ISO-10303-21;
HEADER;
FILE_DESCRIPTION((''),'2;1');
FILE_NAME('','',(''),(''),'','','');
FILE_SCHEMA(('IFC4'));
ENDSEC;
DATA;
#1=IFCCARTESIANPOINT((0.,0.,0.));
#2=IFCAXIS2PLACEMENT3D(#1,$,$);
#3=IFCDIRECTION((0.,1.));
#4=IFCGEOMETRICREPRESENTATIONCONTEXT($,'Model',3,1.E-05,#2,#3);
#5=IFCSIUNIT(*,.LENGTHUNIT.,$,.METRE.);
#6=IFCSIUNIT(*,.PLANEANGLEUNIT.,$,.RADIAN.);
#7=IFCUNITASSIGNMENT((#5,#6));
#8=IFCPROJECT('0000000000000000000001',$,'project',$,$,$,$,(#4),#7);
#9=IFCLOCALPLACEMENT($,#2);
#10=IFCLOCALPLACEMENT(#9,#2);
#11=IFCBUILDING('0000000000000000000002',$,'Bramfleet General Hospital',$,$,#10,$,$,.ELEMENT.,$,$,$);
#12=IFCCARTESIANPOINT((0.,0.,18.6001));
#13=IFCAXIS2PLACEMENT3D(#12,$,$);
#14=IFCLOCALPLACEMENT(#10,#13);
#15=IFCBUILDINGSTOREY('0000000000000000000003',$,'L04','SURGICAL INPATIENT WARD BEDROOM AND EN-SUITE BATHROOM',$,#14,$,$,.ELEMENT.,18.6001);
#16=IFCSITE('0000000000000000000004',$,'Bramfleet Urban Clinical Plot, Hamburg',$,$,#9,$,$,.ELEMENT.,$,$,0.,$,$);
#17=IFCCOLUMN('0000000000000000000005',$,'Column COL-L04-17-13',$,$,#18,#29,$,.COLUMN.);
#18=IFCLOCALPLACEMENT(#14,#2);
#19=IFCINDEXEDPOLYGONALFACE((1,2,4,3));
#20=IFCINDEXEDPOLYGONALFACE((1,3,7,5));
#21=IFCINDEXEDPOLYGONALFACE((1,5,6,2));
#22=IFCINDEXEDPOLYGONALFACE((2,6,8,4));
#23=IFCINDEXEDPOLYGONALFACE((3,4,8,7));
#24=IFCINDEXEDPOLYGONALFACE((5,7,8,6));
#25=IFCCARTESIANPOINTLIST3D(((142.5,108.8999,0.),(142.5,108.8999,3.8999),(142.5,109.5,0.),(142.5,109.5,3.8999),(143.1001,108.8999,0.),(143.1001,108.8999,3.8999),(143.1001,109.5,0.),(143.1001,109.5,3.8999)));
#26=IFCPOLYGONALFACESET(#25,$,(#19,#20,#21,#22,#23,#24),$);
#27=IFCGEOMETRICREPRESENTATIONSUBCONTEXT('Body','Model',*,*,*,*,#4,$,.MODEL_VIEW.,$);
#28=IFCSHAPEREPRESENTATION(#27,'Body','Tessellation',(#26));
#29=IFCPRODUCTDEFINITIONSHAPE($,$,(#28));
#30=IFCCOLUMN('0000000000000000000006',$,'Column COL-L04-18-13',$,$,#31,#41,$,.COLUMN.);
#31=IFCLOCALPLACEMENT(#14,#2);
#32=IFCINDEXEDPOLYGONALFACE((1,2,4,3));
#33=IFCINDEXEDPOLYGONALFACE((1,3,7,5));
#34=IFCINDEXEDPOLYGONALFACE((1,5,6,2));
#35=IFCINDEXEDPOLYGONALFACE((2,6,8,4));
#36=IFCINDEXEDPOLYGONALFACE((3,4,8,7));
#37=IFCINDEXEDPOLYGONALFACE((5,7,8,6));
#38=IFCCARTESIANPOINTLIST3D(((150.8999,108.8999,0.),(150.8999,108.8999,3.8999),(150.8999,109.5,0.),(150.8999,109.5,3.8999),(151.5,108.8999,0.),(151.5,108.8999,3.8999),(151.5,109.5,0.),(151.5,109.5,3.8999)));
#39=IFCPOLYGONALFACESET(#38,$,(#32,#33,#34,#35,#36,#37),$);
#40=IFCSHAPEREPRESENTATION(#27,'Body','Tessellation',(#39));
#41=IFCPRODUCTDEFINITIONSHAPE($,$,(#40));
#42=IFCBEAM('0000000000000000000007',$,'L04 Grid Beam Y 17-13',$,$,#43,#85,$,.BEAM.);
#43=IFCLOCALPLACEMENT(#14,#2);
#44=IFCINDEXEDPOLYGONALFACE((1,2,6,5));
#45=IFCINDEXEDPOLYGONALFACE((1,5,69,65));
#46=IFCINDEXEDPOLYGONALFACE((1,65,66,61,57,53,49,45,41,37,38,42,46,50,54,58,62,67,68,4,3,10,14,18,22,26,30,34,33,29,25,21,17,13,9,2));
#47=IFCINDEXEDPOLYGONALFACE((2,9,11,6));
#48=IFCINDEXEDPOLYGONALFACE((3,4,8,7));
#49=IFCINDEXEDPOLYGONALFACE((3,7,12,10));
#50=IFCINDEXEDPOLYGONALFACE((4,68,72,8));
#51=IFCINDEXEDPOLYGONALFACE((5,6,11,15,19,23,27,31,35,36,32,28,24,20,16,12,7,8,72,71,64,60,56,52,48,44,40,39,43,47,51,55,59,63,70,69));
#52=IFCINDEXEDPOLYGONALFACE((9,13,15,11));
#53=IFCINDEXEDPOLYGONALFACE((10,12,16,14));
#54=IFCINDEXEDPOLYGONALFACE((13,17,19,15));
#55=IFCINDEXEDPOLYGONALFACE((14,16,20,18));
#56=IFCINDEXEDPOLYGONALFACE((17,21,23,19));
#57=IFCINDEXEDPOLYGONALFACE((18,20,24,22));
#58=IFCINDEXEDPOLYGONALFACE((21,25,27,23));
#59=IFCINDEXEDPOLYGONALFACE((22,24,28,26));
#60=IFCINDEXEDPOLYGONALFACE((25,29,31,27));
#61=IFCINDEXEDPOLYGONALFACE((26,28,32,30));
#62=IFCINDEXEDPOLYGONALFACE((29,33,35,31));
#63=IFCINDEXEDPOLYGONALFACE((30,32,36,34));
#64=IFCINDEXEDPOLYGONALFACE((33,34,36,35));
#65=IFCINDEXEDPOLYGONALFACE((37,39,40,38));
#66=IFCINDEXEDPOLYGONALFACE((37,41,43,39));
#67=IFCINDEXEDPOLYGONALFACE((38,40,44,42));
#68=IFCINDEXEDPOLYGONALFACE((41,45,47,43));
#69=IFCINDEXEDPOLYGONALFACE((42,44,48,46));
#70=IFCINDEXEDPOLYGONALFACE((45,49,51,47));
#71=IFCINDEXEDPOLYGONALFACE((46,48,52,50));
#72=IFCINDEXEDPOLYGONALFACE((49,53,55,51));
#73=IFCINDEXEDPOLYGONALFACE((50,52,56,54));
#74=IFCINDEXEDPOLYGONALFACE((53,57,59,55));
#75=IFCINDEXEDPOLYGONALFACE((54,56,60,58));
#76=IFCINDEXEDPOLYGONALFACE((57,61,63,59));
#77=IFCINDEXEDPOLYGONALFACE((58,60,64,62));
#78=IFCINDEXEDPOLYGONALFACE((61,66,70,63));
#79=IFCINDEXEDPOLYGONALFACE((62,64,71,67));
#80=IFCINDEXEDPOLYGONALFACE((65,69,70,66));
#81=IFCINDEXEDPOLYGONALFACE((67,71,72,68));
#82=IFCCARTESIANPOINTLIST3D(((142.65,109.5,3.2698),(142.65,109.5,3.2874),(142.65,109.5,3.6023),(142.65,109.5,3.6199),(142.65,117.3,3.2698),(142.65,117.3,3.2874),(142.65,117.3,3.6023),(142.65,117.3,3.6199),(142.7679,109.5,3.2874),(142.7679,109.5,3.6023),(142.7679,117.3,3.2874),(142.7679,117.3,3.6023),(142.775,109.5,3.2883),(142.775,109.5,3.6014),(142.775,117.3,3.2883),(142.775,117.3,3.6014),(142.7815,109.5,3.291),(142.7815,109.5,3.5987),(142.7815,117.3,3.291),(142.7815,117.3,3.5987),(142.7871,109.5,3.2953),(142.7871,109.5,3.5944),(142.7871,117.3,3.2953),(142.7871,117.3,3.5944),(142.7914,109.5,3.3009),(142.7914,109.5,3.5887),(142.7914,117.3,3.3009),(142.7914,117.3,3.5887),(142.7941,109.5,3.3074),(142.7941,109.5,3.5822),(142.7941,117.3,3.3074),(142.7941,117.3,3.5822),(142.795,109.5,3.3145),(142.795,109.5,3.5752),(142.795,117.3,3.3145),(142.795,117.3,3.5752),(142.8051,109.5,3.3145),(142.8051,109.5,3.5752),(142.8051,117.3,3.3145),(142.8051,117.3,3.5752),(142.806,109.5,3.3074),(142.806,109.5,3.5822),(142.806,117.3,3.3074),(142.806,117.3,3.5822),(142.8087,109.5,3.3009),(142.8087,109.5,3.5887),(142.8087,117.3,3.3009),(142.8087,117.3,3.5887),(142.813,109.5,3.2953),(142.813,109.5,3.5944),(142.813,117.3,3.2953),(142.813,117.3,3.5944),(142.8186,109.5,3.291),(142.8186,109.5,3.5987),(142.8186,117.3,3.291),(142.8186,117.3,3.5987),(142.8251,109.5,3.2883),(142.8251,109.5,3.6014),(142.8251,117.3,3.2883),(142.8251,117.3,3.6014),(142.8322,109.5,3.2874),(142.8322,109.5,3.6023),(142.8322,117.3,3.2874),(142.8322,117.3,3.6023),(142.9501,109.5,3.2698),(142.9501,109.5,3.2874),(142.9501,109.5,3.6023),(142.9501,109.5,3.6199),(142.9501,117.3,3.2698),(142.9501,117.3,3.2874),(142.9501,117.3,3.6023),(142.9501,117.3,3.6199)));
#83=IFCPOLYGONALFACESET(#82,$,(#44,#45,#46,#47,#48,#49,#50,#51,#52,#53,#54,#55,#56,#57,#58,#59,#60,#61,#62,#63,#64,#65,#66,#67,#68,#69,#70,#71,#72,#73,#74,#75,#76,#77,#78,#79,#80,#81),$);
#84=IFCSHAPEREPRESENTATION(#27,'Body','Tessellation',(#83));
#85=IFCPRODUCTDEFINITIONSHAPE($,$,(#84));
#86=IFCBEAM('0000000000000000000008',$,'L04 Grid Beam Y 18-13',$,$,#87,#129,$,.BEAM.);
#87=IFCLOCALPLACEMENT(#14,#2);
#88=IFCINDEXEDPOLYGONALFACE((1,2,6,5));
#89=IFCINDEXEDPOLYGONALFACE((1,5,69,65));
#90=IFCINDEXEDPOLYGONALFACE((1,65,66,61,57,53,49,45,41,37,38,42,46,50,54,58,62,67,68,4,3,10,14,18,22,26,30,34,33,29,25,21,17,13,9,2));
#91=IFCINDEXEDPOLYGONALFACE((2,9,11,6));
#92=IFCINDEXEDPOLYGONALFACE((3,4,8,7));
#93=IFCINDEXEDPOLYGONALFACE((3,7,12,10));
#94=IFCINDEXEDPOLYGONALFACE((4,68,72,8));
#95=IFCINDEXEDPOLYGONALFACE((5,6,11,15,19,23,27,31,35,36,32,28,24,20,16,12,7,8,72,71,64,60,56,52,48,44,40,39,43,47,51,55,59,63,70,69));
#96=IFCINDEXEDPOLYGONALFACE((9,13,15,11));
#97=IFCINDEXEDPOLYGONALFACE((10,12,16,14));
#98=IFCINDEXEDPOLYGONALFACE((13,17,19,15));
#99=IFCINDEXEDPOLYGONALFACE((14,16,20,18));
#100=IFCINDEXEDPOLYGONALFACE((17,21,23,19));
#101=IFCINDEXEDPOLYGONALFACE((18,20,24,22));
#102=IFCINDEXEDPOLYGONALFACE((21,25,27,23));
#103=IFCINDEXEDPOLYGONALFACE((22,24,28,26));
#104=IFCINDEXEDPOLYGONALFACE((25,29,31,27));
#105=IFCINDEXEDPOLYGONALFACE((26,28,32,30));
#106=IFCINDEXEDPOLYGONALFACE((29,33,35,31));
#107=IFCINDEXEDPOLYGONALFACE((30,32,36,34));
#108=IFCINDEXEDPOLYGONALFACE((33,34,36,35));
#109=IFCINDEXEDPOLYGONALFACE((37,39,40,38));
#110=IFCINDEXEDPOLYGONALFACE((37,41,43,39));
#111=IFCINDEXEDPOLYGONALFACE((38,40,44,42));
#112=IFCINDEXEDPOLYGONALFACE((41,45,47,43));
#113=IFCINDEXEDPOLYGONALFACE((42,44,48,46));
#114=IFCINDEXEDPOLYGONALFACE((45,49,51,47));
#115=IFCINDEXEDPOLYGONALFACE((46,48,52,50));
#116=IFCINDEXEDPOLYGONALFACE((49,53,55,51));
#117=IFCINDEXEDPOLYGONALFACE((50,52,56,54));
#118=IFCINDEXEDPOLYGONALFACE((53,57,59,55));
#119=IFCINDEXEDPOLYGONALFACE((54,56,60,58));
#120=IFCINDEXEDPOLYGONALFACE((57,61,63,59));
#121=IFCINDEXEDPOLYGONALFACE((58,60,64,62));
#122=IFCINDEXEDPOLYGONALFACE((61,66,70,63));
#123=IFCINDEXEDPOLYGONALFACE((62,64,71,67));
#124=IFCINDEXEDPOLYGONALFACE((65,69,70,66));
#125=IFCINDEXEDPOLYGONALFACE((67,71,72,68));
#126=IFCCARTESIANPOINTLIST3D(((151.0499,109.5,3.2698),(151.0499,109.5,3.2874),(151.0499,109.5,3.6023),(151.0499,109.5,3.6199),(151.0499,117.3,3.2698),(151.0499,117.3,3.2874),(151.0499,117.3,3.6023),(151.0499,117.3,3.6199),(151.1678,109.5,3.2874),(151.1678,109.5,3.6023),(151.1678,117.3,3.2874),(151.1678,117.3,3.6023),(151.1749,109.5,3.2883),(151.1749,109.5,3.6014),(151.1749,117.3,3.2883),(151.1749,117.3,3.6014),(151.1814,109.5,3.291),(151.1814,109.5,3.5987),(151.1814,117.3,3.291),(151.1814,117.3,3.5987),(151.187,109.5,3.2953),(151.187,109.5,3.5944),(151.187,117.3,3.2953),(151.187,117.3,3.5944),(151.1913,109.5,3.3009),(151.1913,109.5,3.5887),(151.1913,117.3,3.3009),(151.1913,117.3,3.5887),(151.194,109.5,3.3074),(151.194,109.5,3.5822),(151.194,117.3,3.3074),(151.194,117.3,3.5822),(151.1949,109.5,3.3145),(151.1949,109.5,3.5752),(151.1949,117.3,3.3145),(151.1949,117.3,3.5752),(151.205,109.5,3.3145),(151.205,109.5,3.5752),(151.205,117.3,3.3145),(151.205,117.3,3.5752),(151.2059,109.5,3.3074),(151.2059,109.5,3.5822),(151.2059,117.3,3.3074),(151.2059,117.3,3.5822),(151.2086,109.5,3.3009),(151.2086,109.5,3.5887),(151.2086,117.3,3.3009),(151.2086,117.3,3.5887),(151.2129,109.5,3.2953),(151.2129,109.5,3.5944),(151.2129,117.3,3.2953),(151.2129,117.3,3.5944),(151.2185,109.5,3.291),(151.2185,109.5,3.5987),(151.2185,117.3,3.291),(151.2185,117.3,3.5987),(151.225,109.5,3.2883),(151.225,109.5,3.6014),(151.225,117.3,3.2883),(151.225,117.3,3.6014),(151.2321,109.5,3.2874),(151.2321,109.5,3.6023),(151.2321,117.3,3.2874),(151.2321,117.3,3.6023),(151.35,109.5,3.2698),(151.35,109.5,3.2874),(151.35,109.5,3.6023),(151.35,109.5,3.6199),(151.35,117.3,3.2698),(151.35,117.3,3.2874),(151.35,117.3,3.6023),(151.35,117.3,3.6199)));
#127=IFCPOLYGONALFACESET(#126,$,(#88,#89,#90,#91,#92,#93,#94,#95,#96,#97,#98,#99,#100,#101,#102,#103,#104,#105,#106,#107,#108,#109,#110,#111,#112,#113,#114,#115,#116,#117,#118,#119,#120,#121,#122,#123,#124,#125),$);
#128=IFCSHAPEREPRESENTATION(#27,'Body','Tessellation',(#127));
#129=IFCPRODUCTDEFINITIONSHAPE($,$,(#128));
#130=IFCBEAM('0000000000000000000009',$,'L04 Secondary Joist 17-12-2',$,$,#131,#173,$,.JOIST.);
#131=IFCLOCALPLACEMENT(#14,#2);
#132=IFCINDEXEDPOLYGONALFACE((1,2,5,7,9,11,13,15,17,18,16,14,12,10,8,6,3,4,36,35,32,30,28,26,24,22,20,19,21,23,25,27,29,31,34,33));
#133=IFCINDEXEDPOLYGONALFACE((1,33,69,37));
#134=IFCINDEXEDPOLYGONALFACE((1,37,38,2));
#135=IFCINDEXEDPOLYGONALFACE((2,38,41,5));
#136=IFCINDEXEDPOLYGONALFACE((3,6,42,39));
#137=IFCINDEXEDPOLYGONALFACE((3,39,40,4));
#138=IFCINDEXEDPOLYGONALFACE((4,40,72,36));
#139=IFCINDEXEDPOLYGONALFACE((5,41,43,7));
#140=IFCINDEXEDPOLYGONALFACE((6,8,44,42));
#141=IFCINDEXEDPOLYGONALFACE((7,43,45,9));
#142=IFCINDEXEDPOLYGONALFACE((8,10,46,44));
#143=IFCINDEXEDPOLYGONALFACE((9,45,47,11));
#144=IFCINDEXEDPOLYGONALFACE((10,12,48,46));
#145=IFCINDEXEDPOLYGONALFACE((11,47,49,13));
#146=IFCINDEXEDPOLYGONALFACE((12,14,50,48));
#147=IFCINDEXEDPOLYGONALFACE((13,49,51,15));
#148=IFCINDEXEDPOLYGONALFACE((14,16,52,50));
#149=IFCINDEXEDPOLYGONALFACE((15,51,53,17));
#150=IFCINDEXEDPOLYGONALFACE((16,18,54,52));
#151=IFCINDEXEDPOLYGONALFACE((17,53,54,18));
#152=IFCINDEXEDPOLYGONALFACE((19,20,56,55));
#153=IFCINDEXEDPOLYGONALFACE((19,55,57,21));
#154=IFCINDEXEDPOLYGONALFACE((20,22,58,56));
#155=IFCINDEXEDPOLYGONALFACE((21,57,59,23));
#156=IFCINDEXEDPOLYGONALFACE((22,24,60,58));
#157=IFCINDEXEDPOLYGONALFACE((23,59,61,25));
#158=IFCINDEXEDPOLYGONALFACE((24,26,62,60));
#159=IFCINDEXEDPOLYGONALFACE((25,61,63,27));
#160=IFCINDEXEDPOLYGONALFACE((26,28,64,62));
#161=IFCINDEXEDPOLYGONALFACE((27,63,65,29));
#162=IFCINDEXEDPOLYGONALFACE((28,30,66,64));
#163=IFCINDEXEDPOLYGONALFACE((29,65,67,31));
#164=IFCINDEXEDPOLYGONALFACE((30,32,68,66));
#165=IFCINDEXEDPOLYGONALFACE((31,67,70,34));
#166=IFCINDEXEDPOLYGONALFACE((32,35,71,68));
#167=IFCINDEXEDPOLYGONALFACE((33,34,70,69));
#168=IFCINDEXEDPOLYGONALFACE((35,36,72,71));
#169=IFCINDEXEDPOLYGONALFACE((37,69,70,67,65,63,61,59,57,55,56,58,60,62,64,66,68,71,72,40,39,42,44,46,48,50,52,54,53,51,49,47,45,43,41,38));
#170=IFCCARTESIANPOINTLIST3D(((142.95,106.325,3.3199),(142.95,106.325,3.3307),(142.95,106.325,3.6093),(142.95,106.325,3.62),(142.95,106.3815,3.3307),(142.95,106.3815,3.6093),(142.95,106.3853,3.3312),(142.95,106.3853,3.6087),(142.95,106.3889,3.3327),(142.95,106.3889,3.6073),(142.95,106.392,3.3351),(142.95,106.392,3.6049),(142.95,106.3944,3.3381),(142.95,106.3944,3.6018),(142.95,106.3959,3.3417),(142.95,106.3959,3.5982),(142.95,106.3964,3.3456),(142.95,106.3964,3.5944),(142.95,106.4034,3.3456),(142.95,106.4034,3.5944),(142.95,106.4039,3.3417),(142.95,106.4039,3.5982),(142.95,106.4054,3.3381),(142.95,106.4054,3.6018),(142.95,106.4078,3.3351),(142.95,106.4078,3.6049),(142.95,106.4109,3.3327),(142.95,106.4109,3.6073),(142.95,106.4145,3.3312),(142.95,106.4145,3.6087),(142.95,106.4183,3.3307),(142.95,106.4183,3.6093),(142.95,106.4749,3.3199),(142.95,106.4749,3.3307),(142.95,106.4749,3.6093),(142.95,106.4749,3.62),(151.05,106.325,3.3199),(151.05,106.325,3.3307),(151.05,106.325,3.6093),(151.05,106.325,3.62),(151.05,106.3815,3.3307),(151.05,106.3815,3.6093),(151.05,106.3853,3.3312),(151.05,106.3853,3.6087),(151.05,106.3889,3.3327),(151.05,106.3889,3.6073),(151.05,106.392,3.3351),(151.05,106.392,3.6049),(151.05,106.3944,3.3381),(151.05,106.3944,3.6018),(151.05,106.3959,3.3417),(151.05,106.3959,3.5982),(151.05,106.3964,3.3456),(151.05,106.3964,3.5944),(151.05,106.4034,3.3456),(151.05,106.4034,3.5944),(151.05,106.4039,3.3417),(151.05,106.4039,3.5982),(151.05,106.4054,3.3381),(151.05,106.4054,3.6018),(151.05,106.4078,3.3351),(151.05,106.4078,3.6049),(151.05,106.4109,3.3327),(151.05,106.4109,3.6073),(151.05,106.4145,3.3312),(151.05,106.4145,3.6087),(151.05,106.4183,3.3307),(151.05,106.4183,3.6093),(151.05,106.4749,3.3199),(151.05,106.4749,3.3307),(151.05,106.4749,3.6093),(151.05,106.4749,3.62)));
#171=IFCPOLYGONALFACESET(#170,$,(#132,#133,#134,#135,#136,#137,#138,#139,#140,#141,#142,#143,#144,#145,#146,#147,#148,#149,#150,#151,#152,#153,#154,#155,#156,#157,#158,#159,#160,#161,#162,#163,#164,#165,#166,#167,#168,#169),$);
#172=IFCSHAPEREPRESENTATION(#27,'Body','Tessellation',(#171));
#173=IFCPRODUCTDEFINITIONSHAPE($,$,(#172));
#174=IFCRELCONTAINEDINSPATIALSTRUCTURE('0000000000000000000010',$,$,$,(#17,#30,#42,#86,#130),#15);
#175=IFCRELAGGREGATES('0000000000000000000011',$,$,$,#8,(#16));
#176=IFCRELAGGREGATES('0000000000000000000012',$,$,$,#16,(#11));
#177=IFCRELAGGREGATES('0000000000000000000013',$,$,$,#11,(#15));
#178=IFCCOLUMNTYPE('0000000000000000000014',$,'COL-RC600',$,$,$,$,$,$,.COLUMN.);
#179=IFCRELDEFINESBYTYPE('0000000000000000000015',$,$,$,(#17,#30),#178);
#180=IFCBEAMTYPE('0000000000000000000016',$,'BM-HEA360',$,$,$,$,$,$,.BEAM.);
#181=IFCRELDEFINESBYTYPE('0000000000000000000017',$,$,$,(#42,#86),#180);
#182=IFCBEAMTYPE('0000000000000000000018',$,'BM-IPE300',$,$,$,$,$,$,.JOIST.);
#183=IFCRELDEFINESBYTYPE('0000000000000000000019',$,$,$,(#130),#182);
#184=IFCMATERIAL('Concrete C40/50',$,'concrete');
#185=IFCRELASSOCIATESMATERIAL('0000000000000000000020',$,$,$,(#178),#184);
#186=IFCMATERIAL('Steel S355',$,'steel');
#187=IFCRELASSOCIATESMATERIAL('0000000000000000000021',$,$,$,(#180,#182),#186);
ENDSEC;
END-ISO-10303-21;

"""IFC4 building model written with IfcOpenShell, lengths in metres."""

from ifc_helpers import new_model, si_unit, direction, frame, origin, origin_2d, place, context, subcontext, project, spatial, rectangle, i_section, extrude, material, material_profile, profile_set, type_object, element, save


model = new_model("IFC4")

# Units and contexts
model_context = context("Model", 3, precision=1e-05, world=origin(), true_north=direction((0.0, 1.0)))
body_context = subcontext(model_context, "Body", "Model", "MODEL_VIEW")
ifc_project = project(units=[si_unit("LENGTHUNIT", "METRE"), si_unit("PLANEANGLEUNIT", "RADIAN")], contexts=[model_context])

# Site, building, storey
site_placement = place(None, origin())
site = spatial("IfcSite", under=ifc_project, at=site_placement, Name="Bramfleet Urban Clinical Plot, Hamburg", CompositionType="ELEMENT", RefElevation=0.0)
building_placement = place(site_placement, origin())
building = spatial("IfcBuilding", under=site, at=building_placement, Name="Bramfleet General Hospital", CompositionType="ELEMENT")
storey_placement = place(building_placement, frame((0.0, 0.0, 18.6001)))
storey = spatial("IfcBuildingStorey", under=building, at=storey_placement, Name="L04", Description="SURGICAL INPATIENT WARD BEDROOM AND EN-SUITE BATHROOM", CompositionType="ELEMENT", Elevation=18.6001)

# Columns
ifc_material_1 = material(Name="Concrete C40/50", Category="concrete")
ifc_material_profile_1 = material_profile(ifc_material_1, rectangle(XDim=0.6001, YDim=0.6001, at=origin_2d()), Name="RC COL 600x600")
ifc_profile_set_1 = profile_set([ifc_material_profile_1], Name="Concrete C40/50")
column_type = type_object("IfcColumnType", Name="COL-RC600", PredefinedType="COLUMN", material=ifc_profile_set_1)
for number, where, z_axis, x_axis, name in (
    (1, (142.8, 109.2, 0.0), (0.0, 0.0, 1.0), (1.0, 0.0, 0.0), "Column COL-L04-17-13"),
    (2, (151.2, 109.2, 0.0), (0.0, 0.0, 1.0), (1.0, 0.0, 0.0), "Column COL-L04-18-13"),
):
    element("IfcColumn", number, at=place(storey_placement, frame(where, z_axis=z_axis, x_axis=x_axis)), inside=storey, type_object=column_type, Name=name, PredefinedType="COLUMN", context=body_context, shape_type="SweptSolid", body=[
        extrude(rectangle(XDim=0.6001, YDim=0.6001, at=origin_2d()), origin(), (0.0, 0.0, 1.0), 3.8999),
    ])

# Beams
ifc_material_2 = material(Name="Steel S355", Category="steel")
ifc_material_profile_2 = material_profile(ifc_material_2, i_section(OverallWidth=0.3, OverallDepth=0.3501, WebThickness=0.01, FlangeThickness=0.0176, FilletRadius=0.0271, at=origin_2d()), Name="HEA 360")
ifc_profile_set_2 = profile_set([ifc_material_profile_2], Name="Steel S355")
beam_type_1 = type_object("IfcBeamType", Name="BM-HEA360", PredefinedType="BEAM", material=ifc_profile_set_2)
for number, where, z_axis, x_axis, name in (
    (3, (142.8, 109.5, 3.4448), (0.0, 1.0, 0.0), (-1.0, 0.0, 0.0), "L04 Grid Beam Y 17-13"),
    (4, (151.2, 109.5, 3.4448), (0.0, 1.0, 0.0), (-1.0, 0.0, 0.0), "L04 Grid Beam Y 18-13"),
):
    element("IfcBeam", number, at=place(storey_placement, frame(where, z_axis=z_axis, x_axis=x_axis)), inside=storey, type_object=beam_type_1, Name=name, PredefinedType="BEAM", context=body_context, shape_type="SweptSolid", body=[
        extrude(i_section(OverallWidth=0.3, OverallDepth=0.3501, WebThickness=0.01, FlangeThickness=0.0176, FilletRadius=0.0271, at=origin_2d()), origin(), (0.0, 0.0, 1.0), 7.8),
    ])
ifc_material_profile_3 = material_profile(ifc_material_2, i_section(OverallWidth=0.1499, OverallDepth=0.3, WebThickness=0.0071, FlangeThickness=0.0107, FilletRadius=0.0149, at=origin_2d()), Name="IPE 300")
ifc_profile_set_3 = profile_set([ifc_material_profile_3], Name="Steel S355")
beam_type_2 = type_object("IfcBeamType", Name="BM-IPE300", PredefinedType="JOIST", material=ifc_profile_set_3)
for number, where, z_axis, x_axis, name in (
    (5, (142.95, 106.3999, 3.47), (1.0, 0.0, 0.0), (0.0, 1.0, 0.0), "L04 Secondary Joist 17-12-2"),
):
    element("IfcBeam", number, at=place(storey_placement, frame(where, z_axis=z_axis, x_axis=x_axis)), inside=storey, type_object=beam_type_2, Name=name, PredefinedType="JOIST", context=body_context, shape_type="SweptSolid", body=[
        extrude(i_section(OverallWidth=0.1499, OverallDepth=0.3, WebThickness=0.0071, FlangeThickness=0.0107, FilletRadius=0.0149, at=origin_2d()), origin(), (0.0, 0.0, 1.0), 8.1001),
    ])

save(model, "model.ifc")
